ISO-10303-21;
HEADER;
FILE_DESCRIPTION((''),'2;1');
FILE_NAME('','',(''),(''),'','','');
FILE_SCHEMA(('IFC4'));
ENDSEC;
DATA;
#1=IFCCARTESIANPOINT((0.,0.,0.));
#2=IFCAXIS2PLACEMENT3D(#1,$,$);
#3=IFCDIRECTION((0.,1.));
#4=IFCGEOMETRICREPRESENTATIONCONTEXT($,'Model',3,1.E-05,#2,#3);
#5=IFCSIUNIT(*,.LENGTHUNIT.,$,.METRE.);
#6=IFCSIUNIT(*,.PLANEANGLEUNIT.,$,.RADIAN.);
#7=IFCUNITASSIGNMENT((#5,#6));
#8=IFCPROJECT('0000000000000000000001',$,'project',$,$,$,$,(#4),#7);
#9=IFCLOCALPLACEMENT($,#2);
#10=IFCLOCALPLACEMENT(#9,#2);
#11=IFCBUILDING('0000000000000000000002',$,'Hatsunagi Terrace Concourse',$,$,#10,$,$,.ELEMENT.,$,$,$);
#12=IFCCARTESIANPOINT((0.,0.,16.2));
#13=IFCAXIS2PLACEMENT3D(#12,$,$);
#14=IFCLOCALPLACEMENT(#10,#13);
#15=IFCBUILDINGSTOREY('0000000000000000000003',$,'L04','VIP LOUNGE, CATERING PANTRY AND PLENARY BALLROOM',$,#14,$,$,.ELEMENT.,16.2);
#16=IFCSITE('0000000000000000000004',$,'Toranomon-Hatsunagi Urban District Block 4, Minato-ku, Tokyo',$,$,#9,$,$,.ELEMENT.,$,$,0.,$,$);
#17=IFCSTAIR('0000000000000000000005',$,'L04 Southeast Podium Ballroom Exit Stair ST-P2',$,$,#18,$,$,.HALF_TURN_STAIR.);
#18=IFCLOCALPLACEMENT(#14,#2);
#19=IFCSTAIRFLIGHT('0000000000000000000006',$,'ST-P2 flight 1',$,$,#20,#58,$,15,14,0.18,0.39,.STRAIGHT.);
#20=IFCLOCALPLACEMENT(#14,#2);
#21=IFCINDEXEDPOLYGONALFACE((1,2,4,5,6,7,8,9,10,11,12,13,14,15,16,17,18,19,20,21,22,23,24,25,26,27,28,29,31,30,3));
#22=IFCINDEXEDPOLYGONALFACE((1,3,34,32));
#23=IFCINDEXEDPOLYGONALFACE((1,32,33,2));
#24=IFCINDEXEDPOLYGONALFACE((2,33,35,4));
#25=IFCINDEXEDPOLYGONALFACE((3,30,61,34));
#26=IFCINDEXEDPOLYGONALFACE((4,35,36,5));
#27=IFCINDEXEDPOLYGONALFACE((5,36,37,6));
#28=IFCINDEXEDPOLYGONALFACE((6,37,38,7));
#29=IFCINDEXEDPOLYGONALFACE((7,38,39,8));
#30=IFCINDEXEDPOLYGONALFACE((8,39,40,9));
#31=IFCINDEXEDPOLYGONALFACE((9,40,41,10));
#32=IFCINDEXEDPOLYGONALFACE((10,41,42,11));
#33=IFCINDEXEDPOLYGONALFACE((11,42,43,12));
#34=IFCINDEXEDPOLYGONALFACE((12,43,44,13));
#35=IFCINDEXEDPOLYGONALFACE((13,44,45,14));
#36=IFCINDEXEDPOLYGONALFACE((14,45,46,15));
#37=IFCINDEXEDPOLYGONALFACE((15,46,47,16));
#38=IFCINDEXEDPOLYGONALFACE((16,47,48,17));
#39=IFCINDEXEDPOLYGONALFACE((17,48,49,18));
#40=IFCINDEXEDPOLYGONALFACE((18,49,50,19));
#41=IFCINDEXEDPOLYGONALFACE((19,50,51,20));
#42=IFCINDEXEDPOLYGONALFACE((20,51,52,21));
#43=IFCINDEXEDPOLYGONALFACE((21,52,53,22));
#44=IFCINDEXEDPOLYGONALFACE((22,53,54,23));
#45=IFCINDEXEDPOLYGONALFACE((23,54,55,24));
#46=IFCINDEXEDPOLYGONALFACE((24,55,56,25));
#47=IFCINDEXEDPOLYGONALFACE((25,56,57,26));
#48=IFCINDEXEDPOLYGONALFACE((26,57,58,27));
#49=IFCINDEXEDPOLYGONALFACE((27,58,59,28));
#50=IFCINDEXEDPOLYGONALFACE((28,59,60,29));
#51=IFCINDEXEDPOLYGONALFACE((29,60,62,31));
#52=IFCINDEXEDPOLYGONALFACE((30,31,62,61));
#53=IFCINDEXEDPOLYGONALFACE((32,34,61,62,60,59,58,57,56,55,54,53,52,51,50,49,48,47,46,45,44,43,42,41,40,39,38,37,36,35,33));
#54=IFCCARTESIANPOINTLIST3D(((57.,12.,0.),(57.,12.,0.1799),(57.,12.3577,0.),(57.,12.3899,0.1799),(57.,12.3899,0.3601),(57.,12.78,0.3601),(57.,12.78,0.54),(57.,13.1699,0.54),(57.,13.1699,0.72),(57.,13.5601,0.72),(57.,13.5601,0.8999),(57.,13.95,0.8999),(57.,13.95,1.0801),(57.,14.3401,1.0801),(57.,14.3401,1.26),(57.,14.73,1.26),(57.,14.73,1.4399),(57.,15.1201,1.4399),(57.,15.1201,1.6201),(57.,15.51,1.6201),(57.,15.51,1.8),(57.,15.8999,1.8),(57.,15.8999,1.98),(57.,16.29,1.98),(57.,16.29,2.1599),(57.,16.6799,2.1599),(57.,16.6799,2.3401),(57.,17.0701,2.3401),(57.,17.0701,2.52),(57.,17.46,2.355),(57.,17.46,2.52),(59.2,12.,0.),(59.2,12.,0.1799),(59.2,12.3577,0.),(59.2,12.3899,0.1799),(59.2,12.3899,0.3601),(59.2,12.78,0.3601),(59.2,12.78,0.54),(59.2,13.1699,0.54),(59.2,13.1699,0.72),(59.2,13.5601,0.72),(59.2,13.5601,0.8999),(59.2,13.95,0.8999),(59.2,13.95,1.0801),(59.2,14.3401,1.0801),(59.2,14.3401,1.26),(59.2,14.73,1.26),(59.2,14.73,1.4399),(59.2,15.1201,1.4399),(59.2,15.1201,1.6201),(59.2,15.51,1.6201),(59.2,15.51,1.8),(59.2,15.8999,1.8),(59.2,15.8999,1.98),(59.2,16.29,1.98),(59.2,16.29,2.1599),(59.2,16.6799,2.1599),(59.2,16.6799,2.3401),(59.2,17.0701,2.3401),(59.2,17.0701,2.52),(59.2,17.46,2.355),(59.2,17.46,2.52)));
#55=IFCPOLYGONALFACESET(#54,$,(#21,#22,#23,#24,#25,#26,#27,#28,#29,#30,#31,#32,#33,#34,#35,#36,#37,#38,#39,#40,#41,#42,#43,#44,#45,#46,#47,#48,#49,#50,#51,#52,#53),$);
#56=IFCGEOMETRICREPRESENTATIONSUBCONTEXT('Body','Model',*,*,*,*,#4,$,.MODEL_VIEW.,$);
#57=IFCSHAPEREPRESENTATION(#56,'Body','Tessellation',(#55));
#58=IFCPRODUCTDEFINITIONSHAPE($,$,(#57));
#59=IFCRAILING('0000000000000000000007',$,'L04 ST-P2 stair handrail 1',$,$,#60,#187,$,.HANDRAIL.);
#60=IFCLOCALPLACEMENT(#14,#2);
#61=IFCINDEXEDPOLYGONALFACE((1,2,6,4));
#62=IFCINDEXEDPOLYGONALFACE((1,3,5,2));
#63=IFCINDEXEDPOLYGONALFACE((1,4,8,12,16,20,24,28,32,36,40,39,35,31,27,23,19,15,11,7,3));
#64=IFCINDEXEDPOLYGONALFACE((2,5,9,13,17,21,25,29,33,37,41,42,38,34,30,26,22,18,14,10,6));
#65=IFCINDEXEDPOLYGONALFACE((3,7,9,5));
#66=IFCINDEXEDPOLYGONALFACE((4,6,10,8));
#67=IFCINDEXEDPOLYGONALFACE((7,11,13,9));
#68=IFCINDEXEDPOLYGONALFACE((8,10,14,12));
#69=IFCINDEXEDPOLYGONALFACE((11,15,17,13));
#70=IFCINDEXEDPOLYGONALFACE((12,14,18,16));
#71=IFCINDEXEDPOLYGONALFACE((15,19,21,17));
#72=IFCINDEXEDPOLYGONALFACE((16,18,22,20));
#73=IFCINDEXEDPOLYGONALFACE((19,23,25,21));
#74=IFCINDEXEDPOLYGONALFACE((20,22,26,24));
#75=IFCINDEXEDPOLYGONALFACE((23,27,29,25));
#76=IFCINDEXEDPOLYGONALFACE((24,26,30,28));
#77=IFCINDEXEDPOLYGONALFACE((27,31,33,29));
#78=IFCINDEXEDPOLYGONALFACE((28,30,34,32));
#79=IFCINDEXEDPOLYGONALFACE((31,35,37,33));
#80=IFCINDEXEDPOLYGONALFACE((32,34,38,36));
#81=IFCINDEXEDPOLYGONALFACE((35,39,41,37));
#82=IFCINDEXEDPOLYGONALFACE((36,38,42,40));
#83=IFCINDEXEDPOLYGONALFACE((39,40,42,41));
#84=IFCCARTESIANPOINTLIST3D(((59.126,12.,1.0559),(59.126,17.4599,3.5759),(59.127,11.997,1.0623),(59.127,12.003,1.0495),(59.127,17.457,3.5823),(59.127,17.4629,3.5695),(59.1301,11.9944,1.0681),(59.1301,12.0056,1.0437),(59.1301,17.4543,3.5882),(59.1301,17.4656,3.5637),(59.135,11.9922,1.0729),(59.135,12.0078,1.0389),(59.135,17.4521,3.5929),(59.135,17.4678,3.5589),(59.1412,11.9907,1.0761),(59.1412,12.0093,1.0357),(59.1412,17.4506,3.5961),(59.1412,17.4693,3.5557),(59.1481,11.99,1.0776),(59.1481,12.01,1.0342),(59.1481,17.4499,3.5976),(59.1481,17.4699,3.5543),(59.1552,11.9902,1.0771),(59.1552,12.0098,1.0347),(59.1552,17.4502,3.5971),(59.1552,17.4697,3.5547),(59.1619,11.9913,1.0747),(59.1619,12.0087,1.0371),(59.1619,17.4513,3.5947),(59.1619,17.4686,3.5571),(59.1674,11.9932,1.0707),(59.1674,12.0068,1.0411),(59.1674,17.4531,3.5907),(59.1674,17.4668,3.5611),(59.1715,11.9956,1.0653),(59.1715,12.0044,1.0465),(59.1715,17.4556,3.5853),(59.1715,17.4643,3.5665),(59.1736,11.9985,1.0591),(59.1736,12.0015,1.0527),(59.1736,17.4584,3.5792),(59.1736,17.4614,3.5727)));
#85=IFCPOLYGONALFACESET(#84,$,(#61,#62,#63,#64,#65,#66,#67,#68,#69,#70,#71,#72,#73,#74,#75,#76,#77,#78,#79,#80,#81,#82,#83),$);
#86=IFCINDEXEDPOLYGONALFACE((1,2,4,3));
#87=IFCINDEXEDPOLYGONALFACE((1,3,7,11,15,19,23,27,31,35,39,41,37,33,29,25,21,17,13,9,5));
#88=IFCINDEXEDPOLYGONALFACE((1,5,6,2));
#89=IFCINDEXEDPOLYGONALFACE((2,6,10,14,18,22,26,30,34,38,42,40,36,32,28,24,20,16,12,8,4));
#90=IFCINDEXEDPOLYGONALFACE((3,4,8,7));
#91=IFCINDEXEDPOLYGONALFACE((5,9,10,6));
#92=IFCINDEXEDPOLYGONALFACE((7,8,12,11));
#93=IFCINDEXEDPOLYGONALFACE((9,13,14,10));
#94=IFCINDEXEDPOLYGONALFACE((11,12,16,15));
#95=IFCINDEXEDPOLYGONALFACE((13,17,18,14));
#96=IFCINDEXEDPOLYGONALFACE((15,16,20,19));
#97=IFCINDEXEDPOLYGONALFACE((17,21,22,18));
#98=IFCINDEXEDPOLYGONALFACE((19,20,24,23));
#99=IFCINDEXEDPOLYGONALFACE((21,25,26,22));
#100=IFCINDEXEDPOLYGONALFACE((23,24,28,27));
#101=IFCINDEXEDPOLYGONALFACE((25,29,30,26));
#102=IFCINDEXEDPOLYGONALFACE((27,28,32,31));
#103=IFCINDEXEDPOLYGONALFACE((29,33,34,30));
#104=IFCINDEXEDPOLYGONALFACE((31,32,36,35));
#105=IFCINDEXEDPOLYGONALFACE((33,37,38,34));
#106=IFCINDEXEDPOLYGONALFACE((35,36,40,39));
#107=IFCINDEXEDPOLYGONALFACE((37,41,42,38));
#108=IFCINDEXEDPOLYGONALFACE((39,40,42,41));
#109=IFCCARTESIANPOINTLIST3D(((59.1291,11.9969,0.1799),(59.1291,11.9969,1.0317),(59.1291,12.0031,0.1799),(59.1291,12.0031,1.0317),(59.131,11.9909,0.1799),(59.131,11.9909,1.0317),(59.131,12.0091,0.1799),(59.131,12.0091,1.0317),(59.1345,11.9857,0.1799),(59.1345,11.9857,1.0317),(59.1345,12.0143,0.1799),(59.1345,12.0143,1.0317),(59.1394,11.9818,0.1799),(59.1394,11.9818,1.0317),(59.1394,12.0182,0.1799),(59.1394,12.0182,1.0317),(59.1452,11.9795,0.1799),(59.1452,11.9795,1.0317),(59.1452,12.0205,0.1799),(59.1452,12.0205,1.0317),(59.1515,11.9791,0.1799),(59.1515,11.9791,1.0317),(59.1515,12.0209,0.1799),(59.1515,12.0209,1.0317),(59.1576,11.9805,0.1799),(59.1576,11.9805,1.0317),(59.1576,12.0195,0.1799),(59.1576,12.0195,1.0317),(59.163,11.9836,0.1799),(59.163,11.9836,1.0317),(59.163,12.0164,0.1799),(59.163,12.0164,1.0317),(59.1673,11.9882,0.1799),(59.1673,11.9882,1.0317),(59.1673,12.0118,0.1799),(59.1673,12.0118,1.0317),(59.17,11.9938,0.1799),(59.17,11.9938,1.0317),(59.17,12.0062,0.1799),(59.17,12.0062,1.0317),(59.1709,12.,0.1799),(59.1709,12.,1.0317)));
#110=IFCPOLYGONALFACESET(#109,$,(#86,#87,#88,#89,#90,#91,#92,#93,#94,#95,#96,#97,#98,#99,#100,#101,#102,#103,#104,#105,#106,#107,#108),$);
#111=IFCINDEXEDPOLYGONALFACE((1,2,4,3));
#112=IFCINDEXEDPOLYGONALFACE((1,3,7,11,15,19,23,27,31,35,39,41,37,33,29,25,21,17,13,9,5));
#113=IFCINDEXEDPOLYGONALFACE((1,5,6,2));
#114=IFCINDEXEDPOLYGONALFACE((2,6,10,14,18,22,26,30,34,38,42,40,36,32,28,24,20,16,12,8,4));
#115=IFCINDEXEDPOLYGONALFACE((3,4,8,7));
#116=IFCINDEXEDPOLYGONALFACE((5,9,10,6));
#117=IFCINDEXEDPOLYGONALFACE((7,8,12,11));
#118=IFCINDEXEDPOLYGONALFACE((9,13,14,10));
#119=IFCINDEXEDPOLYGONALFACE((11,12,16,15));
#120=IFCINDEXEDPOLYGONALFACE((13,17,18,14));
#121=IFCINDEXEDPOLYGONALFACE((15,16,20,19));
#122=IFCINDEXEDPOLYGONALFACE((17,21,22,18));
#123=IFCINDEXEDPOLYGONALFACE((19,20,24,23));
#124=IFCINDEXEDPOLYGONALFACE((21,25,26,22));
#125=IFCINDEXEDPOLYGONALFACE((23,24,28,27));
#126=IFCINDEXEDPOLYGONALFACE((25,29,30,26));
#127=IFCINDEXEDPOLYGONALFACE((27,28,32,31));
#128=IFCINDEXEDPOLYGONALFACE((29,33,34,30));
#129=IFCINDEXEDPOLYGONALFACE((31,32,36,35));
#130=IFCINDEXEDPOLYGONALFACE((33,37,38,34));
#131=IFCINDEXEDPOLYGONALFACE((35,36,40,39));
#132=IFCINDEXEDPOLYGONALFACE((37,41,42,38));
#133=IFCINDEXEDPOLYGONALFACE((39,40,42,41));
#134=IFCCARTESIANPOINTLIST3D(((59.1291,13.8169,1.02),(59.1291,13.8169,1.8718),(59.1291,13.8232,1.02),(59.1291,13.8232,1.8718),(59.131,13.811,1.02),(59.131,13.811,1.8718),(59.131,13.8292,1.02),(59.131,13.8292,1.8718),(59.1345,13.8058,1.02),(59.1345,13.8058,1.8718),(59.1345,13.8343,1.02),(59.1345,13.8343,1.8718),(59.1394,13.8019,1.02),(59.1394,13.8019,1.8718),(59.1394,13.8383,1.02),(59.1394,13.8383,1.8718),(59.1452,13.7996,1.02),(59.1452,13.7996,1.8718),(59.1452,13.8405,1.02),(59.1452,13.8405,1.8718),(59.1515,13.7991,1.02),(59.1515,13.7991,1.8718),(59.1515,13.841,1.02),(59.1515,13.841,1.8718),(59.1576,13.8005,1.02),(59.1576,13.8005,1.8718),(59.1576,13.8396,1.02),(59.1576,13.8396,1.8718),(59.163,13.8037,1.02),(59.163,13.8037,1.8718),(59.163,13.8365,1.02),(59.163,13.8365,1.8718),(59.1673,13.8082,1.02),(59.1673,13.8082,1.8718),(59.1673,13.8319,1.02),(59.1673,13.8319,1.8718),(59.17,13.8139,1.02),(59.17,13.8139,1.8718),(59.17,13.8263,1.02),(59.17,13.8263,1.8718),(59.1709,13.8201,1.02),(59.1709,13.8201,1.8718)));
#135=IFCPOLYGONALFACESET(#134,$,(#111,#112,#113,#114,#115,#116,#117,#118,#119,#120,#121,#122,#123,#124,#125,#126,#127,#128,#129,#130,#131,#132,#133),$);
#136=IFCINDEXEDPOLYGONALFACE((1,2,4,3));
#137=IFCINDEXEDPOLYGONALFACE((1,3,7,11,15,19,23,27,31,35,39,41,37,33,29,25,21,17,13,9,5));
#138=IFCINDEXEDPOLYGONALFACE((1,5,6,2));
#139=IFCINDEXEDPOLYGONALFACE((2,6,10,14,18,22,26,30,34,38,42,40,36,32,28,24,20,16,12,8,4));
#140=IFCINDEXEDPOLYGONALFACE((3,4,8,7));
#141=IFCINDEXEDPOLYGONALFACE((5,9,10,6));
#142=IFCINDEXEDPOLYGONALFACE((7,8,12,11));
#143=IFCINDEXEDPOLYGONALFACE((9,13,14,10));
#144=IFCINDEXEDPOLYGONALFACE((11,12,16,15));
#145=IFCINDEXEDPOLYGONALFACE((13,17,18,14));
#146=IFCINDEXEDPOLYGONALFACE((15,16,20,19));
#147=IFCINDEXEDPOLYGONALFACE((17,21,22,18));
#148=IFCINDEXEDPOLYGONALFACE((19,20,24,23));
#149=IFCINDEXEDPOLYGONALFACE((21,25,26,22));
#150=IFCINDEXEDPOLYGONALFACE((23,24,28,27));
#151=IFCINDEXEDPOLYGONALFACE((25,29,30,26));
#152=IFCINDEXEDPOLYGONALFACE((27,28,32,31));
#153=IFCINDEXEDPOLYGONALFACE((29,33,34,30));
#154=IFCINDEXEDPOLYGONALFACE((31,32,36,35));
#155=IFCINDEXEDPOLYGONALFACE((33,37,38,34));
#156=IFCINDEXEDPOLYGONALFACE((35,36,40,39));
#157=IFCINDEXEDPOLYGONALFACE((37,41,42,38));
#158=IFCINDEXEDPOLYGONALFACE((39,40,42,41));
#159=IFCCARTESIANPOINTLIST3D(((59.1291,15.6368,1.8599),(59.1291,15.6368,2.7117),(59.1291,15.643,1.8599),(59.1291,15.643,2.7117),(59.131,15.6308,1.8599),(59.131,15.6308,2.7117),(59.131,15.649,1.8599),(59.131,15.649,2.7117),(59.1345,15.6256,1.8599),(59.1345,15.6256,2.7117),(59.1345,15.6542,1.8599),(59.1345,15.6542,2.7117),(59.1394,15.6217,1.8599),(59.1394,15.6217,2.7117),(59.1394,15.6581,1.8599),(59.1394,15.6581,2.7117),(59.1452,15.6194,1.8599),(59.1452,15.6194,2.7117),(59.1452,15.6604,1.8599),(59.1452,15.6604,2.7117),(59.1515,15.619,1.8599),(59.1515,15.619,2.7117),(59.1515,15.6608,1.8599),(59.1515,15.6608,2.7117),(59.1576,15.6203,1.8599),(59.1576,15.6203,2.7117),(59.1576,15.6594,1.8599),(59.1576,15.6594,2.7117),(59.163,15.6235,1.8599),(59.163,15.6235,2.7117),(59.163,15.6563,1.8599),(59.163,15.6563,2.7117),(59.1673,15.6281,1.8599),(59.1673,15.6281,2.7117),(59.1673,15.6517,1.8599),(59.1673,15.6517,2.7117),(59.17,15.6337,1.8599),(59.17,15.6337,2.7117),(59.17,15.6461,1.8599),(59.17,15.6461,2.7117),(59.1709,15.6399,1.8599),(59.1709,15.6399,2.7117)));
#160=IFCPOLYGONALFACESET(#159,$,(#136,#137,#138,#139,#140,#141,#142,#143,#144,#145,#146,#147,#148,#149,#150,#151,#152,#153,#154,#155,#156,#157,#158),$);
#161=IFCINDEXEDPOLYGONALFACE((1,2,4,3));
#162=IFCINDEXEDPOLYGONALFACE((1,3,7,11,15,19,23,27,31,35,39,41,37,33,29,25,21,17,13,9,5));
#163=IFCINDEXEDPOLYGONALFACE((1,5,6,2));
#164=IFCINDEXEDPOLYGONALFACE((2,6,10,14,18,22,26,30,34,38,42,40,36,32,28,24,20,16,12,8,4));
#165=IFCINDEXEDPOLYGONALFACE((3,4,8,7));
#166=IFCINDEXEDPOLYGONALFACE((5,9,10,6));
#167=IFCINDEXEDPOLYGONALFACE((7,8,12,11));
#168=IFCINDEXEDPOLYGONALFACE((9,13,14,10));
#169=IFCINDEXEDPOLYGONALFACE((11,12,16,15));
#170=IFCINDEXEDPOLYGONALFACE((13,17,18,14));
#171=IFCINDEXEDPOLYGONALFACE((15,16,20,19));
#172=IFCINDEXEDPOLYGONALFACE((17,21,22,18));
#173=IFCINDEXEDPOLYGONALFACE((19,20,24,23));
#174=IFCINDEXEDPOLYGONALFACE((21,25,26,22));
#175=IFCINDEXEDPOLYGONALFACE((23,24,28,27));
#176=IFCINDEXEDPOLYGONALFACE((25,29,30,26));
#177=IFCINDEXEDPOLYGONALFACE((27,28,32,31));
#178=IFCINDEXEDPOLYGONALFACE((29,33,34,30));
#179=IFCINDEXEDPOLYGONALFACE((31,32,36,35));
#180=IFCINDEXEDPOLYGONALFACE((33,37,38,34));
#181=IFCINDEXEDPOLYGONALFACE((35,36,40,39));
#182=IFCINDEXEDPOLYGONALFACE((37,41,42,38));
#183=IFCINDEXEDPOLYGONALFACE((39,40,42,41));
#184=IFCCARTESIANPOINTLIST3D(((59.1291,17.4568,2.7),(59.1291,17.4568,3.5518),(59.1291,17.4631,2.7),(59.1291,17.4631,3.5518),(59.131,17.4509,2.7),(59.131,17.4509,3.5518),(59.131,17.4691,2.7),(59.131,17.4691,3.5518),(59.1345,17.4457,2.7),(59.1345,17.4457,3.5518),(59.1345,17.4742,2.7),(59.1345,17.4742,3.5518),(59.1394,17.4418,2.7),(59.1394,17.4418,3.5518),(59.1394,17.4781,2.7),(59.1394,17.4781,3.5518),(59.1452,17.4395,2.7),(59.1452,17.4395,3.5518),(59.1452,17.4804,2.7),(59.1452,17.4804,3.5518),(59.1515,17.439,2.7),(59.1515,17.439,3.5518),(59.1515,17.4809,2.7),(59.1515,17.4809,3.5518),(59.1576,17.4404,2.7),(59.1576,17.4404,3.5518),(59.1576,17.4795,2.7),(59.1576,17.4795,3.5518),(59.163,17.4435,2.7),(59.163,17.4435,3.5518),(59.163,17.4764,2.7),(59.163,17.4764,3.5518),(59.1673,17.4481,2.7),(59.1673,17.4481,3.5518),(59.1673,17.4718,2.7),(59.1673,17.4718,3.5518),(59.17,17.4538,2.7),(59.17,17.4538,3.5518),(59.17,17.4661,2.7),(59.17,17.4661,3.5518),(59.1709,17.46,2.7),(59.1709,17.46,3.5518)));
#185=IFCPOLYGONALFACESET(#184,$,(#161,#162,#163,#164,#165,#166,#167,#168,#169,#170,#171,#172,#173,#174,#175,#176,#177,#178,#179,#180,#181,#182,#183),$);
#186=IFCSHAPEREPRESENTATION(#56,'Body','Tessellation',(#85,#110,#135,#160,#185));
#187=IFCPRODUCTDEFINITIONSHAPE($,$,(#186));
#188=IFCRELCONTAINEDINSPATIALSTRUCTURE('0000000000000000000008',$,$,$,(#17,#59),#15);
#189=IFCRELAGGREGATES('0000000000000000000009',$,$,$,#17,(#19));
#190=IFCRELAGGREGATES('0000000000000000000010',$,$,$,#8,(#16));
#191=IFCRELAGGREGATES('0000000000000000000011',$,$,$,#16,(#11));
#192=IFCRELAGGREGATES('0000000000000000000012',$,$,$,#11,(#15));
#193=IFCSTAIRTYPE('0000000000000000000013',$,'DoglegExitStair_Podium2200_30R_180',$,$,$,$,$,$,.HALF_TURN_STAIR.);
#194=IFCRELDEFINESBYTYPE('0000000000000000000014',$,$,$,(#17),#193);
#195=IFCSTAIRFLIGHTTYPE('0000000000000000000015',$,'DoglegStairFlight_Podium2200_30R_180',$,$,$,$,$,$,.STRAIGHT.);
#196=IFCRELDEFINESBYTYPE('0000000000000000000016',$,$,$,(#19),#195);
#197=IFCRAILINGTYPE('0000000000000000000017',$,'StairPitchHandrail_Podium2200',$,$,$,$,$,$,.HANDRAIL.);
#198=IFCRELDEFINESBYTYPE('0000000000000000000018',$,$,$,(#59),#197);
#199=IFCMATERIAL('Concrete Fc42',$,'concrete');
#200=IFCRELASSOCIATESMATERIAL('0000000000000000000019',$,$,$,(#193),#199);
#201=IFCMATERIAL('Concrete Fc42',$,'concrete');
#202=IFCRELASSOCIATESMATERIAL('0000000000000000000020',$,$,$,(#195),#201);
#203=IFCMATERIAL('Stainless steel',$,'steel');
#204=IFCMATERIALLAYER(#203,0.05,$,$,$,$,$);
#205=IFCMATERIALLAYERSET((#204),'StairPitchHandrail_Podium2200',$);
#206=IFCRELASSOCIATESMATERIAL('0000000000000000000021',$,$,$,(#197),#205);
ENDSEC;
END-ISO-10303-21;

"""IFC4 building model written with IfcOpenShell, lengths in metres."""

from ifc_helpers import new_model, si_unit, direction, frame, origin, origin_2d, place, context, subcontext, project, spatial, polyline, circle, outline, extrude, material, layer, layer_set, type_object, element, aggregate, save


model = new_model("IFC4")

# Units and contexts
model_context = context("Model", 3, precision=1e-05, world=origin(), true_north=direction((0.0, 1.0)))
body_context = subcontext(model_context, "Body", "Model", "MODEL_VIEW")
ifc_project = project(units=[si_unit("LENGTHUNIT", "METRE"), si_unit("PLANEANGLEUNIT", "RADIAN")], contexts=[model_context])

# Site, building, storey
site_placement = place(None, origin())
site = spatial("IfcSite", under=ifc_project, at=site_placement, Name="Toranomon-Hatsunagi Urban District Block 4, Minato-ku, Tokyo", CompositionType="ELEMENT", RefElevation=0.0)
building_placement = place(site_placement, origin())
building = spatial("IfcBuilding", under=site, at=building_placement, Name="Hatsunagi Terrace Concourse", CompositionType="ELEMENT")
storey_placement = place(building_placement, frame((0.0, 0.0, 16.2)))
storey = spatial("IfcBuildingStorey", under=building, at=storey_placement, Name="L04", Description="VIP LOUNGE, CATERING PANTRY AND PLENARY BALLROOM", CompositionType="ELEMENT", Elevation=16.2)

# Stair, stair flight
ifc_material_1 = material(Name="Concrete Fc42", Category="concrete")
stair_type = type_object("IfcStairType", Name="DoglegExitStair_Podium2200_30R_180", PredefinedType="HALF_TURN_STAIR", material=ifc_material_1)
stair_placement = place(storey_placement, origin())
stair = element("IfcStair", 1, at=stair_placement, inside=storey, type_object=stair_type, Name="L04 Southeast Podium Ballroom Exit Stair ST-P2", PredefinedType="HALF_TURN_STAIR")
ifc_material_2 = material(Name="Concrete Fc42", Category="concrete")
stair_flight_type = type_object("IfcStairFlightType", Name="DoglegStairFlight_Podium2200_30R_180", PredefinedType="STRAIGHT", material=ifc_material_2)
stair_flight_placement = place(storey_placement, frame((58.1001, 12.0, 0.0), z_axis=(0.0, 0.0, 1.0), x_axis=(0.0, 1.0, 0.0)))
stair_flight = element("IfcStairFlight", 2, at=stair_flight_placement, type_object=stair_flight_type, Name="ST-P2 flight 1", NumberOfRisers=15, NumberOfTreads=14, PredefinedType="STRAIGHT", RiserHeight=0.18, TreadLength=0.39, context=body_context, shape_type="SweptSolid", body=[
    extrude(outline(polyline([(0.0, 0.0), (0.0, 0.1799), (0.3899, 0.1799), (0.3899, 0.3601), (0.78, 0.3601), (0.78, 0.54), (1.1699, 0.54), (1.1699, 0.72), (1.5601, 0.72), (1.5601, 0.8999), (1.95, 0.8999), (1.95, 1.0801), (2.3401, 1.0801), (2.3401, 1.26), (2.73, 1.26), (2.73, 1.4399), (3.1201, 1.4399), (3.1201, 1.6201), (3.51, 1.6201), (3.51, 1.8), (3.8999, 1.8), (3.8999, 1.98), (4.29, 1.98), (4.29, 2.1599), (4.6799, 2.1599), (4.6799, 2.3401), (5.0701, 2.3401), (5.0701, 2.52), (5.46, 2.52), (5.46, 2.7), (5.46, 2.355), (0.3577, 0.0), (0.0, 0.0)])), frame((0.0, 1.1001, 0.0), z_axis=(0.0, -1.0, 0.0), x_axis=(1.0, 0.0, 0.0)), (0.0, 0.0, 1.0), 2.2),
])
aggregate(stair, [stair_flight])

# Railing
ifc_material_3 = material(Name="Stainless steel", Category="steel")
ifc_layer_1 = layer(ifc_material_3, 0.05)
ifc_layer_set_1 = layer_set([ifc_layer_1], Name="StairPitchHandrail_Podium2200")
railing_type = type_object("IfcRailingType", Name="StairPitchHandrail_Podium2200", PredefinedType="HANDRAIL", material=ifc_layer_set_1)
railing_placement = place(storey_placement, frame((59.1499, 12.0, 0.1799)))
element("IfcRailing", 3, at=railing_placement, inside=storey, type_object=railing_type, Name="L04 ST-P2 stair handrail 1", PredefinedType="HANDRAIL", context=body_context, shape_type="SweptSolid", body=[
    extrude(circle(Radius=0.0239, at=origin_2d()), frame((0.0, 0.0, 0.876), z_axis=(0.0, 0.907957, 0.419063), x_axis=(-1.0, 0.0, 0.0)), (0.0, 0.0, 1.0), 6.0134),
    extrude(circle(Radius=0.021, at=origin_2d()), origin(), (0.0, 0.0, 1.0), 0.8518),
    extrude(circle(Radius=0.021, at=origin_2d()), frame((0.0, 1.8201, 0.8401)), (0.0, 0.0, 1.0), 0.8518),
    extrude(circle(Radius=0.021, at=origin_2d()), frame((0.0, 3.6399, 1.6799)), (0.0, 0.0, 1.0), 0.8518),
    extrude(circle(Radius=0.021, at=origin_2d()), frame((0.0, 5.46, 2.52)), (0.0, 0.0, 1.0), 0.8518),
])

save(model, "model.ifc")
